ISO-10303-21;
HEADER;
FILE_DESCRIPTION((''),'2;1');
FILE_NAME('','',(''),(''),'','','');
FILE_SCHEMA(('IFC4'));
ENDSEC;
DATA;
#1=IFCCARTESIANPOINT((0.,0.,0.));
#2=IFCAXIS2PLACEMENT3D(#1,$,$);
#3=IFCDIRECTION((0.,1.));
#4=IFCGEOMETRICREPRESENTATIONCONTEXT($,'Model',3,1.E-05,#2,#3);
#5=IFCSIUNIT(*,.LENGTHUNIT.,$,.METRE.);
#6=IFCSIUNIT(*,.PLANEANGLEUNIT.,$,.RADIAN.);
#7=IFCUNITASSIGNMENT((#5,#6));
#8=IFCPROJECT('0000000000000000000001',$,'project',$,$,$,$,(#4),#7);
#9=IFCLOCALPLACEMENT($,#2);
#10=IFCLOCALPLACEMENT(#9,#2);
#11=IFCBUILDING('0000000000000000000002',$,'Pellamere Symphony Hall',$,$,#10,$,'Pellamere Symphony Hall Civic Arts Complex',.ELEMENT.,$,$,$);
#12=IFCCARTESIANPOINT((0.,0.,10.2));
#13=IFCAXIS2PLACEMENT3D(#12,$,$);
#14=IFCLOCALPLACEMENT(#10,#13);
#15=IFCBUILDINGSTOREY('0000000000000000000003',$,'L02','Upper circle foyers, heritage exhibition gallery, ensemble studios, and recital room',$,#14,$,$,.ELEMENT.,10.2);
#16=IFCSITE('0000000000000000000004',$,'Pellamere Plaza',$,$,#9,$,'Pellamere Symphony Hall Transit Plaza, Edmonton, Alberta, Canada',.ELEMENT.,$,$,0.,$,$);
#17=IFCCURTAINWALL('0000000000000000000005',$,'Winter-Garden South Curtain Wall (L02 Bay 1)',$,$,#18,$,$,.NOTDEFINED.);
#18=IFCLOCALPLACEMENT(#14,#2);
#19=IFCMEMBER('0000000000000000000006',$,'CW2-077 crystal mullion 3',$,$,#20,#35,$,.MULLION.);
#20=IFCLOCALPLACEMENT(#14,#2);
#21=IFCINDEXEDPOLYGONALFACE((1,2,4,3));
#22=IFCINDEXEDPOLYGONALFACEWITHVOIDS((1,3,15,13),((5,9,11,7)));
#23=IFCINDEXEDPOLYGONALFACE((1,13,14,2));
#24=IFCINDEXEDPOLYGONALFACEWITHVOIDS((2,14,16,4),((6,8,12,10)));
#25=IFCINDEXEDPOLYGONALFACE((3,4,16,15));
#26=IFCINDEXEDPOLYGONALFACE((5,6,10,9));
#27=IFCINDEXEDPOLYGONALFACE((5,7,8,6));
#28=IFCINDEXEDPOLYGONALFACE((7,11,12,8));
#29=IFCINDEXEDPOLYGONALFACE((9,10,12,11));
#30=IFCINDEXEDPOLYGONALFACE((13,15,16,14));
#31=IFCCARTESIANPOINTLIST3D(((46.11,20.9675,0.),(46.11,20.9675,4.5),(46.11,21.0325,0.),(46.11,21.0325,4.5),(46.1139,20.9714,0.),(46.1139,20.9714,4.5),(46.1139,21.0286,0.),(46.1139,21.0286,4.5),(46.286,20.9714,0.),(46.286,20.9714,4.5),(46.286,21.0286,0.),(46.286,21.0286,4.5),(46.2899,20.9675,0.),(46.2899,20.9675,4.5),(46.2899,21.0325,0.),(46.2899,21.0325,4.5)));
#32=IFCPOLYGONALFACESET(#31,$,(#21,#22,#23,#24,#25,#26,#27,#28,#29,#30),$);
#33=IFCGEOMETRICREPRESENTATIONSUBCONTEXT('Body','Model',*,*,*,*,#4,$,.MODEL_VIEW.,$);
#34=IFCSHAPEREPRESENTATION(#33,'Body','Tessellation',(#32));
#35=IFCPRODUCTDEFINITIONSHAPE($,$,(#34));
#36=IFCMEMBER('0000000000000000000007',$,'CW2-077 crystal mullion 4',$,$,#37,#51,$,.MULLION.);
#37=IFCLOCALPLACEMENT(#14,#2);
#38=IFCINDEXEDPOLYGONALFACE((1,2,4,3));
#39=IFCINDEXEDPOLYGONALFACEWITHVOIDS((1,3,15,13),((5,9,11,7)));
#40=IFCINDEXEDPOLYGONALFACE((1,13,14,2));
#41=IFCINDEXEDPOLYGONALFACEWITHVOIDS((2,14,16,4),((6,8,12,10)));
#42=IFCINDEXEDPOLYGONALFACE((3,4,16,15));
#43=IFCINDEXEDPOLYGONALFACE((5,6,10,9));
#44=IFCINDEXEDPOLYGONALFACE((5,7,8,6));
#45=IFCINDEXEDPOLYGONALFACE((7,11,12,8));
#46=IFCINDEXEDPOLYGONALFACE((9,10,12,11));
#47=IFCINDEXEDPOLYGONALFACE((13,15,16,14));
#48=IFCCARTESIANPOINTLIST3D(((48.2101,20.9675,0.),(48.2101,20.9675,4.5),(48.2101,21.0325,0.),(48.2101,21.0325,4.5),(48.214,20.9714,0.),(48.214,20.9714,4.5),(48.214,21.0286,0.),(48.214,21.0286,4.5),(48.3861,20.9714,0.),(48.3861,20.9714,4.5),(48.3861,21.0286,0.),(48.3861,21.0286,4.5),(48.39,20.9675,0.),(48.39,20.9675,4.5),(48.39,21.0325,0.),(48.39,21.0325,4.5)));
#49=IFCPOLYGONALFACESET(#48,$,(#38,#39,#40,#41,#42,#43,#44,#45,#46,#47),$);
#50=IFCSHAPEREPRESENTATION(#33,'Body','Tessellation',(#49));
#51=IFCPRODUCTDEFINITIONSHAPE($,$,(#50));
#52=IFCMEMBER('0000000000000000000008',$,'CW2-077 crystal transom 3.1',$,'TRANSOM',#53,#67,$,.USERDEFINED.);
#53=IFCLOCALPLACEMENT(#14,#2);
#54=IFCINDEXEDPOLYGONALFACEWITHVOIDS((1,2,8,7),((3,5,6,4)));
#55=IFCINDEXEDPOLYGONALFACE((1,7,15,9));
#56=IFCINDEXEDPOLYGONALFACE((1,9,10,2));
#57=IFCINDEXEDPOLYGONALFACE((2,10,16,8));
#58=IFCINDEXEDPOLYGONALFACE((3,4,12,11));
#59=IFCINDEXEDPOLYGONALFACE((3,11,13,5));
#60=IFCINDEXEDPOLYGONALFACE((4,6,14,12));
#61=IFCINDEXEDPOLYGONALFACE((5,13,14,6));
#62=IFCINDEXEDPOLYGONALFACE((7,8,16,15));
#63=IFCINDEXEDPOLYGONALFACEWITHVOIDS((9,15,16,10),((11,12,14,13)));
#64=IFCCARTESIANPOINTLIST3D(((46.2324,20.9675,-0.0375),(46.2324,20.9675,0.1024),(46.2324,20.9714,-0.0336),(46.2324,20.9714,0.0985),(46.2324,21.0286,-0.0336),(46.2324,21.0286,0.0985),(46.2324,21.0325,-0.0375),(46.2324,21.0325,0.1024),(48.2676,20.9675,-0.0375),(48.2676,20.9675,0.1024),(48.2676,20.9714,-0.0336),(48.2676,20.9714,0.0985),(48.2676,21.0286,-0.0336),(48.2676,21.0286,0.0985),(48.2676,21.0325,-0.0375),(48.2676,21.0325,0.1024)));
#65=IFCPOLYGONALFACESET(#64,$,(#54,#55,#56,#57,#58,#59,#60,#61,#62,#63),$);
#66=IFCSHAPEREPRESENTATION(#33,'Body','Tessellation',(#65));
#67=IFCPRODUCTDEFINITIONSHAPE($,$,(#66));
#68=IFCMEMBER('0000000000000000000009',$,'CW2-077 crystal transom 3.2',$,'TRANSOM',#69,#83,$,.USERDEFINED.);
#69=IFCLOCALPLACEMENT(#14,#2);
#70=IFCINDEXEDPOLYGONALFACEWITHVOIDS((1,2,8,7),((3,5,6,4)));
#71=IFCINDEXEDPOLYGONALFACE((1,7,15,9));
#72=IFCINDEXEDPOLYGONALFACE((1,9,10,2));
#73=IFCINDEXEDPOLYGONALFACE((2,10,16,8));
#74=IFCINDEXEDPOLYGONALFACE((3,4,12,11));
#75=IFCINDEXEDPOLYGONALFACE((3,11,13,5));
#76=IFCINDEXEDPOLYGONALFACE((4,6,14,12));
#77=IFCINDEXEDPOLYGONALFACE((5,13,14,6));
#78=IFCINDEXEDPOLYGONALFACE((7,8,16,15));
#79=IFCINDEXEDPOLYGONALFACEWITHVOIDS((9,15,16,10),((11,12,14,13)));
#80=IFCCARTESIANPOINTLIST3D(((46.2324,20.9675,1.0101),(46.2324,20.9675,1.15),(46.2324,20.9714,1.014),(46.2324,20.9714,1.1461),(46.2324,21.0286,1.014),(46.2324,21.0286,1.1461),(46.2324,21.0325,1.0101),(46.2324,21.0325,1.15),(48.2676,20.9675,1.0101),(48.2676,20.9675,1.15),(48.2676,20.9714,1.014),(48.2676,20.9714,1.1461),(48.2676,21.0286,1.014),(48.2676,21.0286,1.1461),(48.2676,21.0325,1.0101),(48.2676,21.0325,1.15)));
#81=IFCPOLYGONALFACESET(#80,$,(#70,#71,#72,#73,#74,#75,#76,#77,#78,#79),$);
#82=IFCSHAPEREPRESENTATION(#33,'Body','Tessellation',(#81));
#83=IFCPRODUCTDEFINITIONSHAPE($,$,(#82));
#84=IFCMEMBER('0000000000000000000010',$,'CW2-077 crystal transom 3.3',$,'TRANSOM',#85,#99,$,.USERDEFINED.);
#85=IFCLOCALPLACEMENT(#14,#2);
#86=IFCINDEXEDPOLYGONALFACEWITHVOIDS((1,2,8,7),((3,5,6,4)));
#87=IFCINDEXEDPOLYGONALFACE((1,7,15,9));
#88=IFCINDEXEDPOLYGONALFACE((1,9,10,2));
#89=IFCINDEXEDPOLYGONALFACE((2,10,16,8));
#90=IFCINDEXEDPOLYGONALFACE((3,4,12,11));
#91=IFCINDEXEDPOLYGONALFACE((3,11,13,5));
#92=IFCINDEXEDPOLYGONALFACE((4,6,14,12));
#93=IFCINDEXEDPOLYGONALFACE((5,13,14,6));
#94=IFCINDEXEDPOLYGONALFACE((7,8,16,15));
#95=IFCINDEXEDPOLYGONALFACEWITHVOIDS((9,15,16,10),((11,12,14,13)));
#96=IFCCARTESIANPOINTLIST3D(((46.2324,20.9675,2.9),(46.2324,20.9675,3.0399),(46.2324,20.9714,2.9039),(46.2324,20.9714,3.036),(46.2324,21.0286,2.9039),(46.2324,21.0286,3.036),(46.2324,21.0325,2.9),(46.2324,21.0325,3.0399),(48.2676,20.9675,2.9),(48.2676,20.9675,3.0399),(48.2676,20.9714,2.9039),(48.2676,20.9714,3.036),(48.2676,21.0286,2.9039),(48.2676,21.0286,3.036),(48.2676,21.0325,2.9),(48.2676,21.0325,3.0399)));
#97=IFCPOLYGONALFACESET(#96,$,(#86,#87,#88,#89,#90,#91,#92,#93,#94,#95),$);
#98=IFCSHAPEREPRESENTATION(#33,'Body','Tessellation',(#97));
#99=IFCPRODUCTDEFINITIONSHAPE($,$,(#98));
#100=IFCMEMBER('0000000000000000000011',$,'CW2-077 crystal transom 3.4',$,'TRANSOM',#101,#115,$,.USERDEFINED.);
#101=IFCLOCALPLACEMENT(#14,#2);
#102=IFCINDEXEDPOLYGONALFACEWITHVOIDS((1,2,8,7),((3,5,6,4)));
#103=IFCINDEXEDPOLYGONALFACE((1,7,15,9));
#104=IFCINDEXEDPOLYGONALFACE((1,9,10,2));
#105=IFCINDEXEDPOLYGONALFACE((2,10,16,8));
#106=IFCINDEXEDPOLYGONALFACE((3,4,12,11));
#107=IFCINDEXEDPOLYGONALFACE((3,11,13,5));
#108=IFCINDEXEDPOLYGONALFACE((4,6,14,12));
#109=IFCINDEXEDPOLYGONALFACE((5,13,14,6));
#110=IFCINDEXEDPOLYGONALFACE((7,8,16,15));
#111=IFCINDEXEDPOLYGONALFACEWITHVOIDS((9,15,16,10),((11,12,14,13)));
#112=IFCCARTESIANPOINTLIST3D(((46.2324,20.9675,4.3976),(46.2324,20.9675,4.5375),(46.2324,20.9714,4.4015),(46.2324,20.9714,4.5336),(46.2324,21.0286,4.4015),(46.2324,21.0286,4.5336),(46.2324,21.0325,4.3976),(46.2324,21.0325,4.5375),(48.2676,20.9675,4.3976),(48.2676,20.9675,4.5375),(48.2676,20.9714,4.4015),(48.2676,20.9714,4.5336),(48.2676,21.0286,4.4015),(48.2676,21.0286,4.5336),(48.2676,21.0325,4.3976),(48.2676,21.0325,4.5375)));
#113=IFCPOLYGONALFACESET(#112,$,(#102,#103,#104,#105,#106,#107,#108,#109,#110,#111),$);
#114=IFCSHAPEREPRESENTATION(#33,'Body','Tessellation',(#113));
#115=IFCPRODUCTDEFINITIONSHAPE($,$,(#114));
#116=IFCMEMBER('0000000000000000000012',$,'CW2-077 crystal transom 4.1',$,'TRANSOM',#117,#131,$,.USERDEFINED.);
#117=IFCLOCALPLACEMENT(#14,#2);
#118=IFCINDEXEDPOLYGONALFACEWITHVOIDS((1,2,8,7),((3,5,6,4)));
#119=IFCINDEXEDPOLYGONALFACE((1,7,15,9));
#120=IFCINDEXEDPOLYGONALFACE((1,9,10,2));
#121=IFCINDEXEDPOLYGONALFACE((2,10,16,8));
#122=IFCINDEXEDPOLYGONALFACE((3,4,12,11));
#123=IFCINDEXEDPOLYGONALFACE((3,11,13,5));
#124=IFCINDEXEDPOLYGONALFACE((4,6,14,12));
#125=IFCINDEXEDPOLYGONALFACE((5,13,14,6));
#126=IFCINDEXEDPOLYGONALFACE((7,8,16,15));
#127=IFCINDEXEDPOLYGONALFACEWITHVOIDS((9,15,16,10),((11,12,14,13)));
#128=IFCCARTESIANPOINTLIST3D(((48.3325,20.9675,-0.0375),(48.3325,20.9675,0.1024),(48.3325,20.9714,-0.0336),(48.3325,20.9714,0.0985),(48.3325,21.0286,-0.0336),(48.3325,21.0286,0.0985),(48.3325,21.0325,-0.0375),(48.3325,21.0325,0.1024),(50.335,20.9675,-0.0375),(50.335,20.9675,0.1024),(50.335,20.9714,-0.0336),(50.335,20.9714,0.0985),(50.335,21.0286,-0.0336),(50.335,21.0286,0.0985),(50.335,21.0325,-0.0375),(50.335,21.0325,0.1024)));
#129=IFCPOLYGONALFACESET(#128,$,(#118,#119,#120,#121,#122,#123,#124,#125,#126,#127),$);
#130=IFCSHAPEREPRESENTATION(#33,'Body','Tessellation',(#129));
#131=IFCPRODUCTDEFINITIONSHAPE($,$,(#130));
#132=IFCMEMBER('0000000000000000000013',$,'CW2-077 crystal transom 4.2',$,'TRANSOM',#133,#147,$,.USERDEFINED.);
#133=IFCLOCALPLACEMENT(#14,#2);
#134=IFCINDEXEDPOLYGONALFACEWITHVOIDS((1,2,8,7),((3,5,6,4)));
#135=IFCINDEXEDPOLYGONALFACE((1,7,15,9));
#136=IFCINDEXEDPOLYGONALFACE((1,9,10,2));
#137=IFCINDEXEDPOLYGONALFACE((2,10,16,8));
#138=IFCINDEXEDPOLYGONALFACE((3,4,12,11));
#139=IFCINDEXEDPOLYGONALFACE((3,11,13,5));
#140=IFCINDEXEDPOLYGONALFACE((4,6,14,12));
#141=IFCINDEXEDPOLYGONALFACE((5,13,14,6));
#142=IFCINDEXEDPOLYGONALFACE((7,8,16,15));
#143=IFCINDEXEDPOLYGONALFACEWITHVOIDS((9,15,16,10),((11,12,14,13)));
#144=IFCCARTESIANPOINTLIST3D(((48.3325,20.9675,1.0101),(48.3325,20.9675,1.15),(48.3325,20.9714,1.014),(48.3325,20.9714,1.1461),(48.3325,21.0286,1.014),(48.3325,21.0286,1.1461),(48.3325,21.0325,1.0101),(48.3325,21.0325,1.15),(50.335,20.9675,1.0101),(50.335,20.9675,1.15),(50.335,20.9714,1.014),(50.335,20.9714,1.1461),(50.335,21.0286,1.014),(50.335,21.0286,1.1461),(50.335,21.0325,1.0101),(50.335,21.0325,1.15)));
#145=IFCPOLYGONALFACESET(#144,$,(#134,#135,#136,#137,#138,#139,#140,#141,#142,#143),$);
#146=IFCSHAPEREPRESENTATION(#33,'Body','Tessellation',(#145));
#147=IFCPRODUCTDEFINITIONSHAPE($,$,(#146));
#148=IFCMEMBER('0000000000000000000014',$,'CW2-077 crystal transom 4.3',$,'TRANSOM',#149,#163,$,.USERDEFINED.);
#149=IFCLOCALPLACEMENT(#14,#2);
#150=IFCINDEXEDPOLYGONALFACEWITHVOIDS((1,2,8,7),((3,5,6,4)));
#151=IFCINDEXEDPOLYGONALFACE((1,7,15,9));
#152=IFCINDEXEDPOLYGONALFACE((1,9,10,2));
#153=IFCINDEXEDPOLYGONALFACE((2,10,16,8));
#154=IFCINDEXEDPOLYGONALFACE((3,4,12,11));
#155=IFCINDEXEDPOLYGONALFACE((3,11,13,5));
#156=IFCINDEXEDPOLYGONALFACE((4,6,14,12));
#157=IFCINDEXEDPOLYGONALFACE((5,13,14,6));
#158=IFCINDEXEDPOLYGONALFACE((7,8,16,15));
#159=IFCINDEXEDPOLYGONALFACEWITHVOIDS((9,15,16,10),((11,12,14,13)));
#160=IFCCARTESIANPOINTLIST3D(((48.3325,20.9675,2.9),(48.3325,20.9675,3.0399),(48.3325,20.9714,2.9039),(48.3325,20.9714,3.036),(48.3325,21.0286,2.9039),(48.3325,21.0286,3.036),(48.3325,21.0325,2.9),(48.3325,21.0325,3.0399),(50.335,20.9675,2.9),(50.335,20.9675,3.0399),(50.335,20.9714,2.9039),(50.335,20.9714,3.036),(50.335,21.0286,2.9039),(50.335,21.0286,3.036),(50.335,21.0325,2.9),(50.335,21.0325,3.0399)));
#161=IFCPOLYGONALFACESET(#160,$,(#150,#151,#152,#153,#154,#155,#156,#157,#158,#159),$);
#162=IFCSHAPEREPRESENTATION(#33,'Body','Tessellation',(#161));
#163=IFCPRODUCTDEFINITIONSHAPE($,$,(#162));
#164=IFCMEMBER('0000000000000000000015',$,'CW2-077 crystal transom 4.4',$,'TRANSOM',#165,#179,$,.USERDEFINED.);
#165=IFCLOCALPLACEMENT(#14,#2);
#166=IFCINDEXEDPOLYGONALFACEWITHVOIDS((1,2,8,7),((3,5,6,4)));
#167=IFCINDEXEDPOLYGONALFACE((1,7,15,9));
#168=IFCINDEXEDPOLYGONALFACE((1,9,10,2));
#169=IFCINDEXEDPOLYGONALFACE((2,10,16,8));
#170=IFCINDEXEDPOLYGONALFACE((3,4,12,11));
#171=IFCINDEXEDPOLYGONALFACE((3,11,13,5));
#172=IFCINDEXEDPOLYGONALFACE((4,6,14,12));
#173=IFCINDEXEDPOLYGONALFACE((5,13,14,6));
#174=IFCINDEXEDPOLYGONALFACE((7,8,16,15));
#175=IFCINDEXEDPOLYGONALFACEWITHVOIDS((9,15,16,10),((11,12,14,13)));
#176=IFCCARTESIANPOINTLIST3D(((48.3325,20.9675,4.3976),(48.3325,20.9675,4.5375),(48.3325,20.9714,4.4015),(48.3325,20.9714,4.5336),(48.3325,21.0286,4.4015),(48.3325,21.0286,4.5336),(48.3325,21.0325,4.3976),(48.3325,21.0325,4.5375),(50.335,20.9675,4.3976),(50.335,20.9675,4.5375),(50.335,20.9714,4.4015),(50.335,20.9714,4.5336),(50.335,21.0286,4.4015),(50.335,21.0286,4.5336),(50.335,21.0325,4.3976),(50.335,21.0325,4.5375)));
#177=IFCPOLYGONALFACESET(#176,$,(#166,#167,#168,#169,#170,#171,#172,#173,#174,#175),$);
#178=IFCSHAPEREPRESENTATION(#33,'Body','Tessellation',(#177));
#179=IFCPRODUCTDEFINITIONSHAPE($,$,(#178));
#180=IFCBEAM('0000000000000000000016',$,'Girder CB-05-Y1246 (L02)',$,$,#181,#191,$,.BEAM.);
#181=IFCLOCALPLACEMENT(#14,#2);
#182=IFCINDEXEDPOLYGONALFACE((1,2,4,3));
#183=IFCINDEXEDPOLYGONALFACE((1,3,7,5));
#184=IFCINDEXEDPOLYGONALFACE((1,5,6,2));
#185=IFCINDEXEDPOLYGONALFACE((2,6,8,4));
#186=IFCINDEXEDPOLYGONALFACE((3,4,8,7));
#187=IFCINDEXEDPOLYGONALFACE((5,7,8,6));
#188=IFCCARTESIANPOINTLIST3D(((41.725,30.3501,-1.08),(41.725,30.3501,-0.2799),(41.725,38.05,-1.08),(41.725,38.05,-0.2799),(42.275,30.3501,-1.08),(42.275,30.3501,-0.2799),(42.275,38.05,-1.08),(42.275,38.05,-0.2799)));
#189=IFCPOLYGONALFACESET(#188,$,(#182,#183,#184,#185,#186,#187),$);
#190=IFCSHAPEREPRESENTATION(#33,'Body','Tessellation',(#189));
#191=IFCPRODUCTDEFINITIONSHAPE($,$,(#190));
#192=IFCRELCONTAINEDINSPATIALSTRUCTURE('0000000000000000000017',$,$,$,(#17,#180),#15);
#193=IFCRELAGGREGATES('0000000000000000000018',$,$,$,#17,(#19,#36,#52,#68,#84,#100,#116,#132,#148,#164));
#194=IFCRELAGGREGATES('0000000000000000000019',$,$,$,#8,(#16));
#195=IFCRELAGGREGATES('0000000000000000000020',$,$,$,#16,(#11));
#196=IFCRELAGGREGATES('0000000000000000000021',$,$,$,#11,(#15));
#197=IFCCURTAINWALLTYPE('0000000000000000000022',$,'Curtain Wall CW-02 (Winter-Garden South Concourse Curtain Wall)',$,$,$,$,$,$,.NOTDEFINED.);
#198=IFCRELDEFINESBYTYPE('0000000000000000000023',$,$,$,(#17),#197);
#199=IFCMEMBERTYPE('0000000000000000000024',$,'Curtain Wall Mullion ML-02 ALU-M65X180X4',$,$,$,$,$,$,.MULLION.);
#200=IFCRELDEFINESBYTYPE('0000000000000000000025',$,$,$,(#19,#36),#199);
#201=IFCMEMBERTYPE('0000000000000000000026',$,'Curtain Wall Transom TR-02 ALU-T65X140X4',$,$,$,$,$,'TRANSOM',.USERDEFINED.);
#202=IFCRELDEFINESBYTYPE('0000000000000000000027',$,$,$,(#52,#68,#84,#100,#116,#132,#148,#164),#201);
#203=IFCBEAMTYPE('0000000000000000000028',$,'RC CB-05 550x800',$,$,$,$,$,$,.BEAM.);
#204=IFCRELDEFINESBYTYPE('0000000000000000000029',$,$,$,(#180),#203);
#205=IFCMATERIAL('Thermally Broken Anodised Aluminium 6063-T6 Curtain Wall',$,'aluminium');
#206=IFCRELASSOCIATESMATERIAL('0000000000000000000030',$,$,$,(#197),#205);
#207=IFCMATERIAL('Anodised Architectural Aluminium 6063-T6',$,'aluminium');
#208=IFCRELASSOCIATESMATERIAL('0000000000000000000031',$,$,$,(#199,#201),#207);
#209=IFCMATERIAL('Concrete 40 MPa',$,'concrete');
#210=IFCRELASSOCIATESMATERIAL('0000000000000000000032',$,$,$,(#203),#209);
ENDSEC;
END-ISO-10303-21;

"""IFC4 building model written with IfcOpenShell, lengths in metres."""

from ifc_helpers import new_model, si_unit, direction, frame, origin, origin_2d, place, context, subcontext, project, spatial, rectangle, hollow_rectangle, extrude, material, material_profile, profile_set, type_object, element, aggregate, save


model = new_model("IFC4")

# Units and contexts
model_context = context("Model", 3, precision=1e-05, world=origin(), true_north=direction((0.0, 1.0)))
body_context = subcontext(model_context, "Body", "Model", "MODEL_VIEW")
ifc_project = project(units=[si_unit("LENGTHUNIT", "METRE"), si_unit("PLANEANGLEUNIT", "RADIAN")], contexts=[model_context])

# Site, building, storey
site_placement = place(None, origin())
site = spatial("IfcSite", under=ifc_project, at=site_placement, Name="Pellamere Plaza", LongName="Pellamere Symphony Hall Transit Plaza, Edmonton, Alberta, Canada", CompositionType="ELEMENT", RefElevation=0.0)
building_placement = place(site_placement, origin())
building = spatial("IfcBuilding", under=site, at=building_placement, Name="Pellamere Symphony Hall", LongName="Pellamere Symphony Hall Civic Arts Complex", CompositionType="ELEMENT")
storey_placement = place(building_placement, frame((0.0, 0.0, 10.2)))
storey = spatial("IfcBuildingStorey", under=building, at=storey_placement, Name="L02", Description="Upper circle foyers, heritage exhibition gallery, ensemble studios, and recital room", CompositionType="ELEMENT", Elevation=10.2)

# Curtain wall, members
ifc_material_1 = material(Name="Thermally Broken Anodised Aluminium 6063-T6 Curtain Wall", Category="aluminium")
curtain_wall_type = type_object("IfcCurtainWallType", Name="Curtain Wall CW-02 (Winter-Garden South Concourse Curtain Wall)", PredefinedType="NOTDEFINED", material=ifc_material_1)
curtain_wall_placement = place(storey_placement, origin())
curtain_wall = element("IfcCurtainWall", 1, at=curtain_wall_placement, inside=storey, type_object=curtain_wall_type, Name="Winter-Garden South Curtain Wall (L02 Bay 1)", PredefinedType="NOTDEFINED")
ifc_material_2 = material(Name="Anodised Architectural Aluminium 6063-T6", Category="aluminium")
ifc_material_profile_1 = material_profile(ifc_material_2, hollow_rectangle(XDim=0.0649, YDim=0.1799, WallThickness=0.0039, at=origin_2d()), Name="ALU-M65X180X4")
ifc_profile_set_1 = profile_set([ifc_material_profile_1], Name="Anodised Architectural Aluminium 6063-T6")
member_type_1 = type_object("IfcMemberType", Name="Curtain Wall Mullion ML-02 ALU-M65X180X4", PredefinedType="MULLION", material=ifc_profile_set_1)
member_1_placement = place(storey_placement, frame((46.2, 21.0, 0.0), z_axis=(0.0, 0.0, 1.0), x_axis=(0.0, 1.0, 0.0)))
member_1 = element("IfcMember", 2, at=member_1_placement, type_object=member_type_1, Name="CW2-077 crystal mullion 3", PredefinedType="MULLION", context=body_context, shape_type="SweptSolid", body=[
    extrude(hollow_rectangle(XDim=0.0649, YDim=0.1799, WallThickness=0.0039, at=origin_2d()), origin(), (0.0, 0.0, 1.0), 4.5),
])
member_2_placement = place(storey_placement, frame((48.3, 21.0, 0.0), z_axis=(0.0, 0.0, 1.0), x_axis=(0.0, 1.0, 0.0)))
member_2 = element("IfcMember", 3, at=member_2_placement, type_object=member_type_1, Name="CW2-077 crystal mullion 4", PredefinedType="MULLION", context=body_context, shape_type="SweptSolid", body=[
    extrude(hollow_rectangle(XDim=0.0649, YDim=0.1799, WallThickness=0.0039, at=origin_2d()), origin(), (0.0, 0.0, 1.0), 4.5),
])
ifc_material_profile_2 = material_profile(ifc_material_2, hollow_rectangle(XDim=0.0649, YDim=0.1399, WallThickness=0.0039, at=origin_2d()), Name="ALU-T65X140X4")
ifc_profile_set_2 = profile_set([ifc_material_profile_2], Name="Anodised Architectural Aluminium 6063-T6")
member_type_2 = type_object("IfcMemberType", Name="Curtain Wall Transom TR-02 ALU-T65X140X4", ElementType="TRANSOM", PredefinedType="USERDEFINED", material=ifc_profile_set_2)
member_3_placement = place(storey_placement, frame((46.2324, 21.0, 0.0325), z_axis=(1.0, 0.0, 0.0), x_axis=(0.0, 1.0, 0.0)))
member_3 = element("IfcMember", 4, at=member_3_placement, type_object=member_type_2, Name="CW2-077 crystal transom 3.1", ObjectType="TRANSOM", PredefinedType="USERDEFINED", context=body_context, shape_type="SweptSolid", body=[
    extrude(hollow_rectangle(XDim=0.0649, YDim=0.1399, WallThickness=0.0039, at=origin_2d()), origin(), (0.0, 0.0, 1.0), 2.0352),
])
member_4_placement = place(storey_placement, frame((46.2324, 21.0, 1.0801), z_axis=(1.0, 0.0, 0.0), x_axis=(0.0, 1.0, 0.0)))
member_4 = element("IfcMember", 5, at=member_4_placement, type_object=member_type_2, Name="CW2-077 crystal transom 3.2", ObjectType="TRANSOM", PredefinedType="USERDEFINED", context=body_context, shape_type="SweptSolid", body=[
    extrude(hollow_rectangle(XDim=0.0649, YDim=0.1399, WallThickness=0.0039, at=origin_2d()), origin(), (0.0, 0.0, 1.0), 2.0352),
])
member_5_placement = place(storey_placement, frame((46.2324, 21.0, 2.97), z_axis=(1.0, 0.0, 0.0), x_axis=(0.0, 1.0, 0.0)))
member_5 = element("IfcMember", 6, at=member_5_placement, type_object=member_type_2, Name="CW2-077 crystal transom 3.3", ObjectType="TRANSOM", PredefinedType="USERDEFINED", context=body_context, shape_type="SweptSolid", body=[
    extrude(hollow_rectangle(XDim=0.0649, YDim=0.1399, WallThickness=0.0039, at=origin_2d()), origin(), (0.0, 0.0, 1.0), 2.0352),
])
member_6_placement = place(storey_placement, frame((46.2324, 21.0, 4.4675), z_axis=(1.0, 0.0, 0.0), x_axis=(0.0, 1.0, 0.0)))
member_6 = element("IfcMember", 7, at=member_6_placement, type_object=member_type_2, Name="CW2-077 crystal transom 3.4", ObjectType="TRANSOM", PredefinedType="USERDEFINED", context=body_context, shape_type="SweptSolid", body=[
    extrude(hollow_rectangle(XDim=0.0649, YDim=0.1399, WallThickness=0.0039, at=origin_2d()), origin(), (0.0, 0.0, 1.0), 2.0352),
])
member_7_placement = place(storey_placement, frame((48.3325, 21.0, 0.0325), z_axis=(1.0, 0.0, 0.0), x_axis=(0.0, 1.0, 0.0)))
member_7 = element("IfcMember", 8, at=member_7_placement, type_object=member_type_2, Name="CW2-077 crystal transom 4.1", ObjectType="TRANSOM", PredefinedType="USERDEFINED", context=body_context, shape_type="SweptSolid", body=[
    extrude(hollow_rectangle(XDim=0.0649, YDim=0.1399, WallThickness=0.0039, at=origin_2d()), origin(), (0.0, 0.0, 1.0), 2.0024),
])
member_8_placement = place(storey_placement, frame((48.3325, 21.0, 1.0801), z_axis=(1.0, 0.0, 0.0), x_axis=(0.0, 1.0, 0.0)))
member_8 = element("IfcMember", 9, at=member_8_placement, type_object=member_type_2, Name="CW2-077 crystal transom 4.2", ObjectType="TRANSOM", PredefinedType="USERDEFINED", context=body_context, shape_type="SweptSolid", body=[
    extrude(hollow_rectangle(XDim=0.0649, YDim=0.1399, WallThickness=0.0039, at=origin_2d()), origin(), (0.0, 0.0, 1.0), 2.0024),
])
member_9_placement = place(storey_placement, frame((48.3325, 21.0, 2.97), z_axis=(1.0, 0.0, 0.0), x_axis=(0.0, 1.0, 0.0)))
member_9 = element("IfcMember", 10, at=member_9_placement, type_object=member_type_2, Name="CW2-077 crystal transom 4.3", ObjectType="TRANSOM", PredefinedType="USERDEFINED", context=body_context, shape_type="SweptSolid", body=[
    extrude(hollow_rectangle(XDim=0.0649, YDim=0.1399, WallThickness=0.0039, at=origin_2d()), origin(), (0.0, 0.0, 1.0), 2.0024),
])
member_10_placement = place(storey_placement, frame((48.3325, 21.0, 4.4675), z_axis=(1.0, 0.0, 0.0), x_axis=(0.0, 1.0, 0.0)))
member_10 = element("IfcMember", 11, at=member_10_placement, type_object=member_type_2, Name="CW2-077 crystal transom 4.4", ObjectType="TRANSOM", PredefinedType="USERDEFINED", context=body_context, shape_type="SweptSolid", body=[
    extrude(hollow_rectangle(XDim=0.0649, YDim=0.1399, WallThickness=0.0039, at=origin_2d()), origin(), (0.0, 0.0, 1.0), 2.0024),
])

# Beam
ifc_material_3 = material(Name="Concrete 40 MPa", Category="concrete")
ifc_material_profile_3 = material_profile(ifc_material_3, rectangle(XDim=0.55, YDim=0.8, at=origin_2d()), Name="RC 550x800")
ifc_profile_set_3 = profile_set([ifc_material_profile_3], Name="Concrete 40 MPa")
beam_type_1 = type_object("IfcBeamType", Name="RC CB-05 550x800", PredefinedType="BEAM", material=ifc_profile_set_3)
beam_1_placement = place(storey_placement, frame((42.0, 30.3501, -0.6799), z_axis=(0.0, 1.0, 0.0), x_axis=(-1.0, 0.0, 0.0)))
element("IfcBeam", 12, at=beam_1_placement, inside=storey, type_object=beam_type_1, Name="Girder CB-05-Y1246 (L02)", PredefinedType="BEAM", context=body_context, shape_type="SweptSolid", body=[
    extrude(rectangle(XDim=0.55, YDim=0.8, at=origin_2d()), origin(), (0.0, 0.0, 1.0), 7.7),
])

aggregate(curtain_wall, [member_1, member_2, member_3, member_4, member_5, member_6, member_7, member_8, member_9, member_10])

save(model, "model.ifc")
